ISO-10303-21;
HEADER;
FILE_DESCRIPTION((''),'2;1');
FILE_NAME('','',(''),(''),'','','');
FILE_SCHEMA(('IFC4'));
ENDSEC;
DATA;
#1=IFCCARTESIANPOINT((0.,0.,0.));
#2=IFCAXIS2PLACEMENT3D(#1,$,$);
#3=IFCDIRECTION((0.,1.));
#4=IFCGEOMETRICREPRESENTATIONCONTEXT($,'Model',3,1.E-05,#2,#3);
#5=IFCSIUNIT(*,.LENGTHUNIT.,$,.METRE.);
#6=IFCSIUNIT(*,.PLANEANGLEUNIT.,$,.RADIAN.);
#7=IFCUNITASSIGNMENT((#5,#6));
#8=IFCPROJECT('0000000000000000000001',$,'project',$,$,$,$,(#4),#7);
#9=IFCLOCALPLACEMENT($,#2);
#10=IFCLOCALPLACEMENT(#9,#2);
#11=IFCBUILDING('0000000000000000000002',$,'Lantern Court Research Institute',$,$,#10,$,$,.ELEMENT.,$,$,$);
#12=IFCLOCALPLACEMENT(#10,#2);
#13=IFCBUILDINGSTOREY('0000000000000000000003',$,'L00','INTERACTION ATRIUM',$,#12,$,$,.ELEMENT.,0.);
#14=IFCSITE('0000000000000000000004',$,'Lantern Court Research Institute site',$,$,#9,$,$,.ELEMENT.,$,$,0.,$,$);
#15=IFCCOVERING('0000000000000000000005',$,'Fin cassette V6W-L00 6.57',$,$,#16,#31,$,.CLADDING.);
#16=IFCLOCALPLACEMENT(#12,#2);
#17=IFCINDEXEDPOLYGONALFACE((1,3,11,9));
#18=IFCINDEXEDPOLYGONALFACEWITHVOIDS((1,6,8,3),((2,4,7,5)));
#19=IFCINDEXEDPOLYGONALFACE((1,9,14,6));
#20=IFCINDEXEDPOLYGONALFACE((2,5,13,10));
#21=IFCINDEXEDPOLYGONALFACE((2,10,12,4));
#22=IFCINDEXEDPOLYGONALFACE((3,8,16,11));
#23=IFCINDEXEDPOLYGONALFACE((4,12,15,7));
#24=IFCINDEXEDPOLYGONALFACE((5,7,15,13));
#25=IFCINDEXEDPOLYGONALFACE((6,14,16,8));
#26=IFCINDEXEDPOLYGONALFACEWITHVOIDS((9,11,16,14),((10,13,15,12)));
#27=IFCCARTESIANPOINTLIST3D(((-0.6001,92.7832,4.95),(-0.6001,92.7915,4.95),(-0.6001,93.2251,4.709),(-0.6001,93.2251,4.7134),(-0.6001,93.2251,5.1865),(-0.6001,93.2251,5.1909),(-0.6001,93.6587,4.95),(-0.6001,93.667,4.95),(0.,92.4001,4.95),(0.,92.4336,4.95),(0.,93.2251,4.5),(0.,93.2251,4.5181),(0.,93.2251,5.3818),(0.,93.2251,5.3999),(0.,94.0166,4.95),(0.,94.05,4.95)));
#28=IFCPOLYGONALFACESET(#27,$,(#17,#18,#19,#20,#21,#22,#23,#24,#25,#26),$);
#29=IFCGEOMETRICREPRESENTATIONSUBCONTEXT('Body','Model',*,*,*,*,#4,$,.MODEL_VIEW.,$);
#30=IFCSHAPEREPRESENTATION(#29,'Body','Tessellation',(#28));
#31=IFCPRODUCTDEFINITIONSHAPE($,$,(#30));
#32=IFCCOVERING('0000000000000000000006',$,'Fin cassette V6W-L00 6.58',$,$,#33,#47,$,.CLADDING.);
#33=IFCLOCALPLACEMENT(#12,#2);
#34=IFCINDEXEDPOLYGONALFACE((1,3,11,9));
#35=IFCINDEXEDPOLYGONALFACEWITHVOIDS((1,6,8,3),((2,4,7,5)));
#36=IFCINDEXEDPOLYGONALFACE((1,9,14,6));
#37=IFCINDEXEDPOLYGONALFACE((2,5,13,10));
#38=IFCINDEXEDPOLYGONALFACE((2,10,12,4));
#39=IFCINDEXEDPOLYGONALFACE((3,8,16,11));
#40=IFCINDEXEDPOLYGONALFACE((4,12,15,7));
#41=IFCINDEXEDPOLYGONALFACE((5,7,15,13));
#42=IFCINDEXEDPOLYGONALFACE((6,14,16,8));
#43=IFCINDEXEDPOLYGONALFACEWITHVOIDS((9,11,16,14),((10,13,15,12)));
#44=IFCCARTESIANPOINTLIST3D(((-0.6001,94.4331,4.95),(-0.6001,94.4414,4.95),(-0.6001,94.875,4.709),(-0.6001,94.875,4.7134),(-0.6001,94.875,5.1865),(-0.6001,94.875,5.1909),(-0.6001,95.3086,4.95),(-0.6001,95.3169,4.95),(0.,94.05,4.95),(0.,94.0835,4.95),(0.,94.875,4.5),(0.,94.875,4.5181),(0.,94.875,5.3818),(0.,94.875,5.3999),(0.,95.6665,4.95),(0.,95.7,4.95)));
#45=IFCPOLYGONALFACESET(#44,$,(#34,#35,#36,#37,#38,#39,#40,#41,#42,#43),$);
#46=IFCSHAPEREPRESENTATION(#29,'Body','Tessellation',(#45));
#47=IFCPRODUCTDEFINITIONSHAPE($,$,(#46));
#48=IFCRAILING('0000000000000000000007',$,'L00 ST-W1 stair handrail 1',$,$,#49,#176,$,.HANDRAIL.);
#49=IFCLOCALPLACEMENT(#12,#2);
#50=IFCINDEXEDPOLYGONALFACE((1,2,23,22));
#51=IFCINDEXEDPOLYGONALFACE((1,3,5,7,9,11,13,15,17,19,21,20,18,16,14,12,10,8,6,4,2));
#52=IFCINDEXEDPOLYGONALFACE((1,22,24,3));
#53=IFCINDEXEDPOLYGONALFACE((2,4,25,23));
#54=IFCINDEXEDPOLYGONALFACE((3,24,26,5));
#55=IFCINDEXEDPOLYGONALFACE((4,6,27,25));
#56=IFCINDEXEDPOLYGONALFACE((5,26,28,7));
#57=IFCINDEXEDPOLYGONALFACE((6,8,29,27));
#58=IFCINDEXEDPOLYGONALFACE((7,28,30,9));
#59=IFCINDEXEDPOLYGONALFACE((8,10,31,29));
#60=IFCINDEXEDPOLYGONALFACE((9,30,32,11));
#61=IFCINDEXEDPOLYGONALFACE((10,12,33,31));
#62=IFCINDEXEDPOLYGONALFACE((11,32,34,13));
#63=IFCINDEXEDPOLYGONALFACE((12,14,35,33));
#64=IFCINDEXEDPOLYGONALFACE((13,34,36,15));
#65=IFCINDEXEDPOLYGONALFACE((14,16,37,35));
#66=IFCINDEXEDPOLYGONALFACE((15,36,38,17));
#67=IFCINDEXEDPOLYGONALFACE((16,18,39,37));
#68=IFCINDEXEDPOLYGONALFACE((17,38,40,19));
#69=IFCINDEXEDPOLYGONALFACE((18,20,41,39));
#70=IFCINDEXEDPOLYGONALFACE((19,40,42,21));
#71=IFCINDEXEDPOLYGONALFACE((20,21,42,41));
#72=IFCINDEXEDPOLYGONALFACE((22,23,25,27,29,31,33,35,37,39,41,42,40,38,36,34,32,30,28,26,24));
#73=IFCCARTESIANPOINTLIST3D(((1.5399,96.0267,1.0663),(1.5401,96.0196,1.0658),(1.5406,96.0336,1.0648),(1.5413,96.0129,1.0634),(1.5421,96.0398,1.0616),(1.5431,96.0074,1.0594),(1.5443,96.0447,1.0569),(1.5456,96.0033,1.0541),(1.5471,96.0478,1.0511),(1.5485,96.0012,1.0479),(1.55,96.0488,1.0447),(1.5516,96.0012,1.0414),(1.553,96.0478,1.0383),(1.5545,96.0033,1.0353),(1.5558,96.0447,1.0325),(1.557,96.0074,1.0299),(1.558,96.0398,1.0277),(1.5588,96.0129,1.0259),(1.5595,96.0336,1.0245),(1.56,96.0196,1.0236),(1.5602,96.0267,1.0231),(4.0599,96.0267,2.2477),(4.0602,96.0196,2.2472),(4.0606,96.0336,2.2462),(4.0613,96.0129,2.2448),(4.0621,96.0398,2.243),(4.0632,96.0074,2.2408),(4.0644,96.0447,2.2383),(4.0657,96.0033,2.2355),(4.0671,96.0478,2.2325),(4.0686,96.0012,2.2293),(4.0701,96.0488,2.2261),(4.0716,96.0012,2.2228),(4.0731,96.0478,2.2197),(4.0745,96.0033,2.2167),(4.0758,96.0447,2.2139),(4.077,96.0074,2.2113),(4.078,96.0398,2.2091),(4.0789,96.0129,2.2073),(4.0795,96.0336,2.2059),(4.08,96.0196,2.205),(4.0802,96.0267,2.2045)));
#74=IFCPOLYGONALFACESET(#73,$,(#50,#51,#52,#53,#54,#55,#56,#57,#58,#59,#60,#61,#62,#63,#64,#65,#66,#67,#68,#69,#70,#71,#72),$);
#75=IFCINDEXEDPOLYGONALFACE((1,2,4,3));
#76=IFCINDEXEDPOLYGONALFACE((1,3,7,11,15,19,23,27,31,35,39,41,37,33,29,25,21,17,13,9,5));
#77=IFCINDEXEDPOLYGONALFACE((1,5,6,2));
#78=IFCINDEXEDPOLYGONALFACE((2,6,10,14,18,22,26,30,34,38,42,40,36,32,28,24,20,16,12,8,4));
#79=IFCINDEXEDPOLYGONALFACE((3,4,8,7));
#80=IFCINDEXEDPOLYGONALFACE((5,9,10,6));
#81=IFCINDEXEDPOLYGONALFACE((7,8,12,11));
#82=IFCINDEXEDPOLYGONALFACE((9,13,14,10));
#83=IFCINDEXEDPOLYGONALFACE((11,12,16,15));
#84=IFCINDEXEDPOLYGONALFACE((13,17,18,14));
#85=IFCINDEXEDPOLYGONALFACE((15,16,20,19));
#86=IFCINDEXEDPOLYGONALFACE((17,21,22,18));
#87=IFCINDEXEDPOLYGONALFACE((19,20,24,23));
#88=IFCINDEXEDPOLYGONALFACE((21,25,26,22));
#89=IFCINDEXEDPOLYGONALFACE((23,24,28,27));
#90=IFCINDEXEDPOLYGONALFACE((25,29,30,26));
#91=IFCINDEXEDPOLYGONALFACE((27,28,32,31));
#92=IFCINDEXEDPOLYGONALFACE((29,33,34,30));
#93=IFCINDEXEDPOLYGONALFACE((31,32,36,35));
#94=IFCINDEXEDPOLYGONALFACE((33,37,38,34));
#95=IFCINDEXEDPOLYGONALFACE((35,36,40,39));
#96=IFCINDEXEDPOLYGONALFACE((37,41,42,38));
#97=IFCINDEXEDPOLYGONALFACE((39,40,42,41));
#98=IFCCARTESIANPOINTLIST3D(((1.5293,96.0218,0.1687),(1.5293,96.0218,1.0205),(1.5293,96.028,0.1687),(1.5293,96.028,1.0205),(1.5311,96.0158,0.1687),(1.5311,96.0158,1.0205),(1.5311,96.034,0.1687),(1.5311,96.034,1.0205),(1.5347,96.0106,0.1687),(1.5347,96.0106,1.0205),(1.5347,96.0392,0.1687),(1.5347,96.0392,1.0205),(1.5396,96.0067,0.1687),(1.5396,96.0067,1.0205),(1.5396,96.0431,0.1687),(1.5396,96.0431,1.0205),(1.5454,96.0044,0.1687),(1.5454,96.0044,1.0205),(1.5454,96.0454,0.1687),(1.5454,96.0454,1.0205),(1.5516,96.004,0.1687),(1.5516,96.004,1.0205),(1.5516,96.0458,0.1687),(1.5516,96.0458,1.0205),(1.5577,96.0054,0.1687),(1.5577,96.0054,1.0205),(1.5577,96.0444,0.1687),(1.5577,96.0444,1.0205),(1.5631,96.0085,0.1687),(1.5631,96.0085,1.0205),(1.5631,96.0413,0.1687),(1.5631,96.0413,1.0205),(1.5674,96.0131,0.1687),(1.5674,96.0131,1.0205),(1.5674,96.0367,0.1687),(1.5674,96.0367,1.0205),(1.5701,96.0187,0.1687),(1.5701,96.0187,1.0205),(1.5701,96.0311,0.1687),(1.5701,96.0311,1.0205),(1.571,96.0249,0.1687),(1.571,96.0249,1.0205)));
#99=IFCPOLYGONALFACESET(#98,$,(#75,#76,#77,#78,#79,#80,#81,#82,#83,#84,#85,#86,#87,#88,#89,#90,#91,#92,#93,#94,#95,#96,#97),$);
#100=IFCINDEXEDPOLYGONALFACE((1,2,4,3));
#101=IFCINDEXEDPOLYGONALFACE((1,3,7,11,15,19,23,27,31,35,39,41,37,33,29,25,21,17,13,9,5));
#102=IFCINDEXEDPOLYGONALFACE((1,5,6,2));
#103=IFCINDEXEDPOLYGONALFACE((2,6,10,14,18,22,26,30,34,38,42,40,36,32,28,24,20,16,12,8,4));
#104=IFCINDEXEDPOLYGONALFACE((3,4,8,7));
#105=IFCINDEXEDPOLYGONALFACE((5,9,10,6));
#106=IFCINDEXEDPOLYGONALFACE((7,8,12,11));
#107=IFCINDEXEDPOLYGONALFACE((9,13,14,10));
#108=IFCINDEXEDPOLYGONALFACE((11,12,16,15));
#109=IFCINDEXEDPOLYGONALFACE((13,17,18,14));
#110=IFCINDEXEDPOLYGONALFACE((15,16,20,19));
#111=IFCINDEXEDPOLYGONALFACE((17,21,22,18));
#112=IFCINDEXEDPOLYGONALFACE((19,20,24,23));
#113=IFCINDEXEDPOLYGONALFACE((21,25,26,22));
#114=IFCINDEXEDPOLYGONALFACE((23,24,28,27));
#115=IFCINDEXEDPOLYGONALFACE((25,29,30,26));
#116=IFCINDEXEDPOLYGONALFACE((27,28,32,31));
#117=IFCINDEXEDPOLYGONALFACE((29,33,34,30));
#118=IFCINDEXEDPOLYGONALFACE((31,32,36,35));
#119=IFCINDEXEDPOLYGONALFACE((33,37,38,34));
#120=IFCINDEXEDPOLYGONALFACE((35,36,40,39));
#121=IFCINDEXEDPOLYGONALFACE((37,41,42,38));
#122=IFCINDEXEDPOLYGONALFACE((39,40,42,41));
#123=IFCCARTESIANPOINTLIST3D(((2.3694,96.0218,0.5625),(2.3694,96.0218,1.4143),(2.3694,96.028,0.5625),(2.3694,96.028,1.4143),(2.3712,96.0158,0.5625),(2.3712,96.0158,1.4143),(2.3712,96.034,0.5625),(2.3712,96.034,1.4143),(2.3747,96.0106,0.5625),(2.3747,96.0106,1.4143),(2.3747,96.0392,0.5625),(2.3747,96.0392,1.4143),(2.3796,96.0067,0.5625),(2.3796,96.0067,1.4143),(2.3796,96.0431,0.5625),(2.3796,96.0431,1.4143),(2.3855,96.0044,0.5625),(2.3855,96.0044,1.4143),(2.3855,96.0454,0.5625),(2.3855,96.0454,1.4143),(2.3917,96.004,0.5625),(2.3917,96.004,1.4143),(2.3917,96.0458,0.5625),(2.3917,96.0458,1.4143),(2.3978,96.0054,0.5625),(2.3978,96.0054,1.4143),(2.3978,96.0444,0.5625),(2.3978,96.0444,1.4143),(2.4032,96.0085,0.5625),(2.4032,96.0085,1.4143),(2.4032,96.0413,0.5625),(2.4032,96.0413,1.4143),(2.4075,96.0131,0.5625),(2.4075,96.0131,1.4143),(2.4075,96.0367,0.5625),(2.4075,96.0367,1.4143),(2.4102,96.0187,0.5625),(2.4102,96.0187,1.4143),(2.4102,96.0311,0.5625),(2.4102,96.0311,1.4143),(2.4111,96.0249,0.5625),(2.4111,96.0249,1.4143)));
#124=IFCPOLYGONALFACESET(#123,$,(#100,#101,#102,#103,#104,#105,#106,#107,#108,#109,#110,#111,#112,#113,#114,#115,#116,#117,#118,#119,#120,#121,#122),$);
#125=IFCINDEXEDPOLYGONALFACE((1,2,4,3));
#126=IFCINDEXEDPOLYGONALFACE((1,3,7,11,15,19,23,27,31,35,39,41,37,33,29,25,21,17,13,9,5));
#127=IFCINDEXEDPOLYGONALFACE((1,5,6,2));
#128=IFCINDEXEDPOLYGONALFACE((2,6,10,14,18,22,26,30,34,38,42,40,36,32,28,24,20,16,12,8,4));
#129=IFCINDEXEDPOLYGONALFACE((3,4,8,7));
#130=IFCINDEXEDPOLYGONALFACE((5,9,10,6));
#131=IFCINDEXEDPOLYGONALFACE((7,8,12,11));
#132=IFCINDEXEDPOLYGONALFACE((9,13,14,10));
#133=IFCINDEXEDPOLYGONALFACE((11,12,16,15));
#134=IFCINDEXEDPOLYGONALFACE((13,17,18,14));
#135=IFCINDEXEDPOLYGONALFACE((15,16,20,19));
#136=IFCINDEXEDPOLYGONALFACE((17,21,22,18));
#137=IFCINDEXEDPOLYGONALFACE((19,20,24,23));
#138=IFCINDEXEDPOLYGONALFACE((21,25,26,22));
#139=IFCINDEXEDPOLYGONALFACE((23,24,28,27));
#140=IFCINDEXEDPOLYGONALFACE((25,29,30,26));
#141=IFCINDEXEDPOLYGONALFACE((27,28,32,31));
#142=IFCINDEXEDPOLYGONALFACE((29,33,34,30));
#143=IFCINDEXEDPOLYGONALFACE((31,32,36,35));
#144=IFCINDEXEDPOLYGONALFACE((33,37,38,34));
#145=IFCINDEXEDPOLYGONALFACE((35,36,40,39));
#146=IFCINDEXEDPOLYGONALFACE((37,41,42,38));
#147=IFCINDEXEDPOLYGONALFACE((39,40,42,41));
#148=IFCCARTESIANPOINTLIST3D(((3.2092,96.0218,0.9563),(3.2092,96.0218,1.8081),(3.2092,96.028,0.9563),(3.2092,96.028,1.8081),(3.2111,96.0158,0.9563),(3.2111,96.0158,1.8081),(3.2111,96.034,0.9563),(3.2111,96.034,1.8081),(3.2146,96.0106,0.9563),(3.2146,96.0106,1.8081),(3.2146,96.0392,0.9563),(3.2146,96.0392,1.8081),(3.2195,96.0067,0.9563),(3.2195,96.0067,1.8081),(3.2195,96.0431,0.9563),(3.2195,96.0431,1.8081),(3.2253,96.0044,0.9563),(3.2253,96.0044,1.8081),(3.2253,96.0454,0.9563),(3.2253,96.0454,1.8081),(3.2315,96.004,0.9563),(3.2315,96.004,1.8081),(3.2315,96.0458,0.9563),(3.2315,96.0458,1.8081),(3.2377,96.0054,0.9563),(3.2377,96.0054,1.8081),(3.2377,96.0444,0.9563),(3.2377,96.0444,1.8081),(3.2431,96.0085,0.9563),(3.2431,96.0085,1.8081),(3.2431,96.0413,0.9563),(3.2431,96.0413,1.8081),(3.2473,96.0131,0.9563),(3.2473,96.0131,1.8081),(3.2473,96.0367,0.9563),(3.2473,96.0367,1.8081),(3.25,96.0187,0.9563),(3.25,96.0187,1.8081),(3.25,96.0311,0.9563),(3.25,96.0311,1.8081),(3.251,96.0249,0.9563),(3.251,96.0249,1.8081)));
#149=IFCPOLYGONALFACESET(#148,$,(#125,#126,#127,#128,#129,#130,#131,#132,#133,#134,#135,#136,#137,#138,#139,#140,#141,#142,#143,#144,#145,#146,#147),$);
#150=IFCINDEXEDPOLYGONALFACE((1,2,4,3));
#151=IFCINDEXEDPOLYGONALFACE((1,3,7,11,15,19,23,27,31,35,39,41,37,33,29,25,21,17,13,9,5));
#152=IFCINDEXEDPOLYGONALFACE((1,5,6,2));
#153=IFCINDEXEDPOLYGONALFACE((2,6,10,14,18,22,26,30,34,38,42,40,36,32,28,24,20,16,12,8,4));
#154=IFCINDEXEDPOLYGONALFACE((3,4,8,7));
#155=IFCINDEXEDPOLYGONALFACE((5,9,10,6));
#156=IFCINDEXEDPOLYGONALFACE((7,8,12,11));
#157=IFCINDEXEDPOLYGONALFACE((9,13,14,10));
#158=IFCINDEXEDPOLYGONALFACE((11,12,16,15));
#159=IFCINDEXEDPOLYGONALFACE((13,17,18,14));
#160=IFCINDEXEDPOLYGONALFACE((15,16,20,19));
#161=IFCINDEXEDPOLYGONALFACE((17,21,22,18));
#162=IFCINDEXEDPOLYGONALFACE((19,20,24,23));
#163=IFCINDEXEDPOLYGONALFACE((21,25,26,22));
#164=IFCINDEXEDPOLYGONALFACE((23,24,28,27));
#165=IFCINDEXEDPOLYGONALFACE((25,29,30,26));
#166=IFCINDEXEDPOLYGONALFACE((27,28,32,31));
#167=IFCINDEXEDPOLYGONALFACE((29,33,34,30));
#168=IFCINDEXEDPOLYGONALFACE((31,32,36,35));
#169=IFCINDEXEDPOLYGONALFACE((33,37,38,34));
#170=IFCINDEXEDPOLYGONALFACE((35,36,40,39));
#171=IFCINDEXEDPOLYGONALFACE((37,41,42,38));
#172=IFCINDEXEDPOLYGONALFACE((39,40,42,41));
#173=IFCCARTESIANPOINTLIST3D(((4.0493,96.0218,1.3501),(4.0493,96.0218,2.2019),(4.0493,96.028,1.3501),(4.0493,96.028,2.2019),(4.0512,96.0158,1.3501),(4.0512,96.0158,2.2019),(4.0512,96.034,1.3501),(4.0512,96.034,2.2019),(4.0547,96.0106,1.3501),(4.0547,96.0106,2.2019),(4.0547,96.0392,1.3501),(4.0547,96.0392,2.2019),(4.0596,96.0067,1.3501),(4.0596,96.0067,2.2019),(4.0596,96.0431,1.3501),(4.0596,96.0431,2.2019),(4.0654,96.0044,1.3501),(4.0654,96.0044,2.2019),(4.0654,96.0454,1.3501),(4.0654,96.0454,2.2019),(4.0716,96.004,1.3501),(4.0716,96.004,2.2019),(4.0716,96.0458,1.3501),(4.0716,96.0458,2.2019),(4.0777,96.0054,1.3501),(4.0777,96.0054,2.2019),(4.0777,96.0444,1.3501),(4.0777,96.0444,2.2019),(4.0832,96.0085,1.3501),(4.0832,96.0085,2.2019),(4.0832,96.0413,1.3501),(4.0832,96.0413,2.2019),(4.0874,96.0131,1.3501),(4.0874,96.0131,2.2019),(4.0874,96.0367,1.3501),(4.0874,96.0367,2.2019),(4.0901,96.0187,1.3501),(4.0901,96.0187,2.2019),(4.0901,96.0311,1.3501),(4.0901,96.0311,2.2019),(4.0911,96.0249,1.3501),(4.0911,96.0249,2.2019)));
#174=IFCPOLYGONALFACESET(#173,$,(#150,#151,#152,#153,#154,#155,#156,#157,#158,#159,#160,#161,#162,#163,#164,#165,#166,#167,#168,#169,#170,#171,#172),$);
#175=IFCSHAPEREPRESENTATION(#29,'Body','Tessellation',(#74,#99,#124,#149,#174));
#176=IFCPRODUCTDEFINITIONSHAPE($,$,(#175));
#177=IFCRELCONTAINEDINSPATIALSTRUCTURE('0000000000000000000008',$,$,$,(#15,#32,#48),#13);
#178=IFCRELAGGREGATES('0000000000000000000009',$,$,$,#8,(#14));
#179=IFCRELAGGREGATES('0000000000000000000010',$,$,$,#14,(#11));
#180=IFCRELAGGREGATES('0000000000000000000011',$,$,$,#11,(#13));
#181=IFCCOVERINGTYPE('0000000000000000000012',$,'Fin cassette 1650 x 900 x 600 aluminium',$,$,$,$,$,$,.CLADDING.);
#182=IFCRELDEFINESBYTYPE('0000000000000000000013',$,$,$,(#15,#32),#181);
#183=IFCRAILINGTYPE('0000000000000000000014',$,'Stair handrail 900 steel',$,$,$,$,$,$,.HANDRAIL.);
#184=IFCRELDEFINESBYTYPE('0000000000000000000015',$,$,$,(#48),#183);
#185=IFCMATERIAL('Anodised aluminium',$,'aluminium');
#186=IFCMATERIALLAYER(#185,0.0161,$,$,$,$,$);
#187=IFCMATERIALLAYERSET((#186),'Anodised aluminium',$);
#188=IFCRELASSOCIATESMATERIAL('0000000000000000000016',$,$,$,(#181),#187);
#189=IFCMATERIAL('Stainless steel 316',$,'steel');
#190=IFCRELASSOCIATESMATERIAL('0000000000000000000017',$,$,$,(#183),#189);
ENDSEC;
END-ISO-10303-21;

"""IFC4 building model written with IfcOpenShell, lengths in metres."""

from ifc_helpers import new_model, entity, si_unit, direction, frame, origin, origin_2d, place, context, subcontext, project, spatial, circle, extrude, material, layer, layer_set, type_object, element, save


model = new_model("IFC4")

# Units and contexts
model_context = context("Model", 3, precision=1e-05, world=origin(), true_north=direction((0.0, 1.0)))
body_context = subcontext(model_context, "Body", "Model", "MODEL_VIEW")
ifc_project = project(units=[si_unit("LENGTHUNIT", "METRE"), si_unit("PLANEANGLEUNIT", "RADIAN")], contexts=[model_context])

# Site, building, storey
site_placement = place(None, origin())
site = spatial("IfcSite", under=ifc_project, at=site_placement, Name="Lantern Court Research Institute site", CompositionType="ELEMENT", RefElevation=0.0)
building_placement = place(site_placement, origin())
building = spatial("IfcBuilding", under=site, at=building_placement, Name="Lantern Court Research Institute", CompositionType="ELEMENT")
storey_placement = place(building_placement, origin())
storey = spatial("IfcBuildingStorey", under=building, at=storey_placement, Name="L00", Description="INTERACTION ATRIUM", CompositionType="ELEMENT", Elevation=0.0)

# Coverings
ifc_material_1 = material(Name="Anodised aluminium", Category="aluminium")
ifc_layer_1 = layer(ifc_material_1, 0.0161)
ifc_layer_set_1 = layer_set([ifc_layer_1], Name="Anodised aluminium")
covering_type = type_object("IfcCoveringType", Name="Fin cassette 1650 x 900 x 600 aluminium", PredefinedType="CLADDING", material=ifc_layer_set_1)
covering_1_placement = place(storey_placement, frame((0.0, 93.2251, 4.95), z_axis=(-1.0, 0.0, 0.0), x_axis=(0.0, -1.0, 0.0)))
cartesian_point_1 = entity("IfcCartesianPoint", [0.825, 0.0])
cartesian_point_2 = entity("IfcCartesianPoint", [0.7915, 0.0])
cartesian_point_3 = entity("IfcCartesianPoint", [0.4419, 0.0])
cartesian_point_4 = entity("IfcCartesianPoint", [0.4336, 0.0])
element("IfcCovering", 1, at=covering_1_placement, inside=storey, type_object=covering_type, Name="Fin cassette V6W-L00 6.57", PredefinedType="CLADDING", context=body_context, shape_type="SweptSolid", body=[
    entity("IfcExtrudedAreaSolidTapered", entity("IfcArbitraryProfileDefWithVoids", "AREA", None, entity("IfcPolyline", [cartesian_point_1, entity("IfcCartesianPoint", [0.0, 0.45]), entity("IfcCartesianPoint", [-0.825, 0.0]), entity("IfcCartesianPoint", [0.0, -0.45]), cartesian_point_1]), [entity("IfcPolyline", [cartesian_point_2, entity("IfcCartesianPoint", [0.0, 0.4319]), entity("IfcCartesianPoint", [-0.7915, 0.0]), entity("IfcCartesianPoint", [0.0, -0.4319]), cartesian_point_2])]), entity("IfcAxis2Placement3D", entity("IfcCartesianPoint", [0.0, 0.0, 0.0])), entity("IfcDirection", [0.0, 0.0, 1.0]), 0.6001, entity("IfcArbitraryProfileDefWithVoids", "AREA", None, entity("IfcPolyline", [cartesian_point_3, entity("IfcCartesianPoint", [0.0, 0.241]), entity("IfcCartesianPoint", [-0.4419, 0.0]), entity("IfcCartesianPoint", [0.0, -0.241]), cartesian_point_3]), [entity("IfcPolyline", [cartesian_point_4, entity("IfcCartesianPoint", [0.0, 0.2366]), entity("IfcCartesianPoint", [-0.4336, 0.0]), entity("IfcCartesianPoint", [0.0, -0.2366]), cartesian_point_4])])),
])
covering_2_placement = place(storey_placement, frame((0.0, 94.875, 4.95), z_axis=(-1.0, 0.0, 0.0), x_axis=(0.0, -1.0, 0.0)))
cartesian_point_5 = entity("IfcCartesianPoint", [0.825, 0.0])
cartesian_point_6 = entity("IfcCartesianPoint", [0.7915, 0.0])
cartesian_point_7 = entity("IfcCartesianPoint", [0.4419, 0.0])
cartesian_point_8 = entity("IfcCartesianPoint", [0.4336, 0.0])
element("IfcCovering", 2, at=covering_2_placement, inside=storey, type_object=covering_type, Name="Fin cassette V6W-L00 6.58", PredefinedType="CLADDING", context=body_context, shape_type="SweptSolid", body=[
    entity("IfcExtrudedAreaSolidTapered", entity("IfcArbitraryProfileDefWithVoids", "AREA", None, entity("IfcPolyline", [cartesian_point_5, entity("IfcCartesianPoint", [0.0, 0.45]), entity("IfcCartesianPoint", [-0.825, 0.0]), entity("IfcCartesianPoint", [0.0, -0.45]), cartesian_point_5]), [entity("IfcPolyline", [cartesian_point_6, entity("IfcCartesianPoint", [0.0, 0.4319]), entity("IfcCartesianPoint", [-0.7915, 0.0]), entity("IfcCartesianPoint", [0.0, -0.4319]), cartesian_point_6])]), entity("IfcAxis2Placement3D", entity("IfcCartesianPoint", [0.0, 0.0, 0.0])), entity("IfcDirection", [0.0, 0.0, 1.0]), 0.6001, entity("IfcArbitraryProfileDefWithVoids", "AREA", None, entity("IfcPolyline", [cartesian_point_7, entity("IfcCartesianPoint", [0.0, 0.241]), entity("IfcCartesianPoint", [-0.4419, 0.0]), entity("IfcCartesianPoint", [0.0, -0.241]), cartesian_point_7]), [entity("IfcPolyline", [cartesian_point_8, entity("IfcCartesianPoint", [0.0, 0.2366]), entity("IfcCartesianPoint", [-0.4336, 0.0]), entity("IfcCartesianPoint", [0.0, -0.2366]), cartesian_point_8])])),
])

# Railing
ifc_material_2 = material(Name="Stainless steel 316", Category="steel")
railing_type = type_object("IfcRailingType", Name="Stair handrail 900 steel", PredefinedType="HANDRAIL", material=ifc_material_2)
for number, where, name in (
    (3, (1.55, 96.0249, 0.1687), "L00 ST-W1 stair handrail 1"),
):
    element("IfcRailing", number, at=place(storey_placement, frame(where)), inside=storey, type_object=railing_type, Name=name, PredefinedType="HANDRAIL", context=body_context, shape_type="SweptSolid", body=[
        extrude(circle(Radius=0.0239, at=origin_2d()), frame((0.0, 0.0, 0.876), z_axis=(0.90544, 0.0, 0.424474), x_axis=(0.0, 1.0, 0.0)), (0.0, 0.0, 1.0), 2.7832),
        extrude(circle(Radius=0.021, at=origin_2d()), origin(), (0.0, 0.0, 1.0), 0.8518),
        extrude(circle(Radius=0.021, at=origin_2d()), frame((0.8401, 0.0, 0.3938)), (0.0, 0.0, 1.0), 0.8518),
        extrude(circle(Radius=0.021, at=origin_2d()), frame((1.6799, 0.0, 0.7876)), (0.0, 0.0, 1.0), 0.8518),
        extrude(circle(Radius=0.021, at=origin_2d()), frame((2.52, 0.0, 1.1814)), (0.0, 0.0, 1.0), 0.8518),
    ])

save(model, "model.ifc")
